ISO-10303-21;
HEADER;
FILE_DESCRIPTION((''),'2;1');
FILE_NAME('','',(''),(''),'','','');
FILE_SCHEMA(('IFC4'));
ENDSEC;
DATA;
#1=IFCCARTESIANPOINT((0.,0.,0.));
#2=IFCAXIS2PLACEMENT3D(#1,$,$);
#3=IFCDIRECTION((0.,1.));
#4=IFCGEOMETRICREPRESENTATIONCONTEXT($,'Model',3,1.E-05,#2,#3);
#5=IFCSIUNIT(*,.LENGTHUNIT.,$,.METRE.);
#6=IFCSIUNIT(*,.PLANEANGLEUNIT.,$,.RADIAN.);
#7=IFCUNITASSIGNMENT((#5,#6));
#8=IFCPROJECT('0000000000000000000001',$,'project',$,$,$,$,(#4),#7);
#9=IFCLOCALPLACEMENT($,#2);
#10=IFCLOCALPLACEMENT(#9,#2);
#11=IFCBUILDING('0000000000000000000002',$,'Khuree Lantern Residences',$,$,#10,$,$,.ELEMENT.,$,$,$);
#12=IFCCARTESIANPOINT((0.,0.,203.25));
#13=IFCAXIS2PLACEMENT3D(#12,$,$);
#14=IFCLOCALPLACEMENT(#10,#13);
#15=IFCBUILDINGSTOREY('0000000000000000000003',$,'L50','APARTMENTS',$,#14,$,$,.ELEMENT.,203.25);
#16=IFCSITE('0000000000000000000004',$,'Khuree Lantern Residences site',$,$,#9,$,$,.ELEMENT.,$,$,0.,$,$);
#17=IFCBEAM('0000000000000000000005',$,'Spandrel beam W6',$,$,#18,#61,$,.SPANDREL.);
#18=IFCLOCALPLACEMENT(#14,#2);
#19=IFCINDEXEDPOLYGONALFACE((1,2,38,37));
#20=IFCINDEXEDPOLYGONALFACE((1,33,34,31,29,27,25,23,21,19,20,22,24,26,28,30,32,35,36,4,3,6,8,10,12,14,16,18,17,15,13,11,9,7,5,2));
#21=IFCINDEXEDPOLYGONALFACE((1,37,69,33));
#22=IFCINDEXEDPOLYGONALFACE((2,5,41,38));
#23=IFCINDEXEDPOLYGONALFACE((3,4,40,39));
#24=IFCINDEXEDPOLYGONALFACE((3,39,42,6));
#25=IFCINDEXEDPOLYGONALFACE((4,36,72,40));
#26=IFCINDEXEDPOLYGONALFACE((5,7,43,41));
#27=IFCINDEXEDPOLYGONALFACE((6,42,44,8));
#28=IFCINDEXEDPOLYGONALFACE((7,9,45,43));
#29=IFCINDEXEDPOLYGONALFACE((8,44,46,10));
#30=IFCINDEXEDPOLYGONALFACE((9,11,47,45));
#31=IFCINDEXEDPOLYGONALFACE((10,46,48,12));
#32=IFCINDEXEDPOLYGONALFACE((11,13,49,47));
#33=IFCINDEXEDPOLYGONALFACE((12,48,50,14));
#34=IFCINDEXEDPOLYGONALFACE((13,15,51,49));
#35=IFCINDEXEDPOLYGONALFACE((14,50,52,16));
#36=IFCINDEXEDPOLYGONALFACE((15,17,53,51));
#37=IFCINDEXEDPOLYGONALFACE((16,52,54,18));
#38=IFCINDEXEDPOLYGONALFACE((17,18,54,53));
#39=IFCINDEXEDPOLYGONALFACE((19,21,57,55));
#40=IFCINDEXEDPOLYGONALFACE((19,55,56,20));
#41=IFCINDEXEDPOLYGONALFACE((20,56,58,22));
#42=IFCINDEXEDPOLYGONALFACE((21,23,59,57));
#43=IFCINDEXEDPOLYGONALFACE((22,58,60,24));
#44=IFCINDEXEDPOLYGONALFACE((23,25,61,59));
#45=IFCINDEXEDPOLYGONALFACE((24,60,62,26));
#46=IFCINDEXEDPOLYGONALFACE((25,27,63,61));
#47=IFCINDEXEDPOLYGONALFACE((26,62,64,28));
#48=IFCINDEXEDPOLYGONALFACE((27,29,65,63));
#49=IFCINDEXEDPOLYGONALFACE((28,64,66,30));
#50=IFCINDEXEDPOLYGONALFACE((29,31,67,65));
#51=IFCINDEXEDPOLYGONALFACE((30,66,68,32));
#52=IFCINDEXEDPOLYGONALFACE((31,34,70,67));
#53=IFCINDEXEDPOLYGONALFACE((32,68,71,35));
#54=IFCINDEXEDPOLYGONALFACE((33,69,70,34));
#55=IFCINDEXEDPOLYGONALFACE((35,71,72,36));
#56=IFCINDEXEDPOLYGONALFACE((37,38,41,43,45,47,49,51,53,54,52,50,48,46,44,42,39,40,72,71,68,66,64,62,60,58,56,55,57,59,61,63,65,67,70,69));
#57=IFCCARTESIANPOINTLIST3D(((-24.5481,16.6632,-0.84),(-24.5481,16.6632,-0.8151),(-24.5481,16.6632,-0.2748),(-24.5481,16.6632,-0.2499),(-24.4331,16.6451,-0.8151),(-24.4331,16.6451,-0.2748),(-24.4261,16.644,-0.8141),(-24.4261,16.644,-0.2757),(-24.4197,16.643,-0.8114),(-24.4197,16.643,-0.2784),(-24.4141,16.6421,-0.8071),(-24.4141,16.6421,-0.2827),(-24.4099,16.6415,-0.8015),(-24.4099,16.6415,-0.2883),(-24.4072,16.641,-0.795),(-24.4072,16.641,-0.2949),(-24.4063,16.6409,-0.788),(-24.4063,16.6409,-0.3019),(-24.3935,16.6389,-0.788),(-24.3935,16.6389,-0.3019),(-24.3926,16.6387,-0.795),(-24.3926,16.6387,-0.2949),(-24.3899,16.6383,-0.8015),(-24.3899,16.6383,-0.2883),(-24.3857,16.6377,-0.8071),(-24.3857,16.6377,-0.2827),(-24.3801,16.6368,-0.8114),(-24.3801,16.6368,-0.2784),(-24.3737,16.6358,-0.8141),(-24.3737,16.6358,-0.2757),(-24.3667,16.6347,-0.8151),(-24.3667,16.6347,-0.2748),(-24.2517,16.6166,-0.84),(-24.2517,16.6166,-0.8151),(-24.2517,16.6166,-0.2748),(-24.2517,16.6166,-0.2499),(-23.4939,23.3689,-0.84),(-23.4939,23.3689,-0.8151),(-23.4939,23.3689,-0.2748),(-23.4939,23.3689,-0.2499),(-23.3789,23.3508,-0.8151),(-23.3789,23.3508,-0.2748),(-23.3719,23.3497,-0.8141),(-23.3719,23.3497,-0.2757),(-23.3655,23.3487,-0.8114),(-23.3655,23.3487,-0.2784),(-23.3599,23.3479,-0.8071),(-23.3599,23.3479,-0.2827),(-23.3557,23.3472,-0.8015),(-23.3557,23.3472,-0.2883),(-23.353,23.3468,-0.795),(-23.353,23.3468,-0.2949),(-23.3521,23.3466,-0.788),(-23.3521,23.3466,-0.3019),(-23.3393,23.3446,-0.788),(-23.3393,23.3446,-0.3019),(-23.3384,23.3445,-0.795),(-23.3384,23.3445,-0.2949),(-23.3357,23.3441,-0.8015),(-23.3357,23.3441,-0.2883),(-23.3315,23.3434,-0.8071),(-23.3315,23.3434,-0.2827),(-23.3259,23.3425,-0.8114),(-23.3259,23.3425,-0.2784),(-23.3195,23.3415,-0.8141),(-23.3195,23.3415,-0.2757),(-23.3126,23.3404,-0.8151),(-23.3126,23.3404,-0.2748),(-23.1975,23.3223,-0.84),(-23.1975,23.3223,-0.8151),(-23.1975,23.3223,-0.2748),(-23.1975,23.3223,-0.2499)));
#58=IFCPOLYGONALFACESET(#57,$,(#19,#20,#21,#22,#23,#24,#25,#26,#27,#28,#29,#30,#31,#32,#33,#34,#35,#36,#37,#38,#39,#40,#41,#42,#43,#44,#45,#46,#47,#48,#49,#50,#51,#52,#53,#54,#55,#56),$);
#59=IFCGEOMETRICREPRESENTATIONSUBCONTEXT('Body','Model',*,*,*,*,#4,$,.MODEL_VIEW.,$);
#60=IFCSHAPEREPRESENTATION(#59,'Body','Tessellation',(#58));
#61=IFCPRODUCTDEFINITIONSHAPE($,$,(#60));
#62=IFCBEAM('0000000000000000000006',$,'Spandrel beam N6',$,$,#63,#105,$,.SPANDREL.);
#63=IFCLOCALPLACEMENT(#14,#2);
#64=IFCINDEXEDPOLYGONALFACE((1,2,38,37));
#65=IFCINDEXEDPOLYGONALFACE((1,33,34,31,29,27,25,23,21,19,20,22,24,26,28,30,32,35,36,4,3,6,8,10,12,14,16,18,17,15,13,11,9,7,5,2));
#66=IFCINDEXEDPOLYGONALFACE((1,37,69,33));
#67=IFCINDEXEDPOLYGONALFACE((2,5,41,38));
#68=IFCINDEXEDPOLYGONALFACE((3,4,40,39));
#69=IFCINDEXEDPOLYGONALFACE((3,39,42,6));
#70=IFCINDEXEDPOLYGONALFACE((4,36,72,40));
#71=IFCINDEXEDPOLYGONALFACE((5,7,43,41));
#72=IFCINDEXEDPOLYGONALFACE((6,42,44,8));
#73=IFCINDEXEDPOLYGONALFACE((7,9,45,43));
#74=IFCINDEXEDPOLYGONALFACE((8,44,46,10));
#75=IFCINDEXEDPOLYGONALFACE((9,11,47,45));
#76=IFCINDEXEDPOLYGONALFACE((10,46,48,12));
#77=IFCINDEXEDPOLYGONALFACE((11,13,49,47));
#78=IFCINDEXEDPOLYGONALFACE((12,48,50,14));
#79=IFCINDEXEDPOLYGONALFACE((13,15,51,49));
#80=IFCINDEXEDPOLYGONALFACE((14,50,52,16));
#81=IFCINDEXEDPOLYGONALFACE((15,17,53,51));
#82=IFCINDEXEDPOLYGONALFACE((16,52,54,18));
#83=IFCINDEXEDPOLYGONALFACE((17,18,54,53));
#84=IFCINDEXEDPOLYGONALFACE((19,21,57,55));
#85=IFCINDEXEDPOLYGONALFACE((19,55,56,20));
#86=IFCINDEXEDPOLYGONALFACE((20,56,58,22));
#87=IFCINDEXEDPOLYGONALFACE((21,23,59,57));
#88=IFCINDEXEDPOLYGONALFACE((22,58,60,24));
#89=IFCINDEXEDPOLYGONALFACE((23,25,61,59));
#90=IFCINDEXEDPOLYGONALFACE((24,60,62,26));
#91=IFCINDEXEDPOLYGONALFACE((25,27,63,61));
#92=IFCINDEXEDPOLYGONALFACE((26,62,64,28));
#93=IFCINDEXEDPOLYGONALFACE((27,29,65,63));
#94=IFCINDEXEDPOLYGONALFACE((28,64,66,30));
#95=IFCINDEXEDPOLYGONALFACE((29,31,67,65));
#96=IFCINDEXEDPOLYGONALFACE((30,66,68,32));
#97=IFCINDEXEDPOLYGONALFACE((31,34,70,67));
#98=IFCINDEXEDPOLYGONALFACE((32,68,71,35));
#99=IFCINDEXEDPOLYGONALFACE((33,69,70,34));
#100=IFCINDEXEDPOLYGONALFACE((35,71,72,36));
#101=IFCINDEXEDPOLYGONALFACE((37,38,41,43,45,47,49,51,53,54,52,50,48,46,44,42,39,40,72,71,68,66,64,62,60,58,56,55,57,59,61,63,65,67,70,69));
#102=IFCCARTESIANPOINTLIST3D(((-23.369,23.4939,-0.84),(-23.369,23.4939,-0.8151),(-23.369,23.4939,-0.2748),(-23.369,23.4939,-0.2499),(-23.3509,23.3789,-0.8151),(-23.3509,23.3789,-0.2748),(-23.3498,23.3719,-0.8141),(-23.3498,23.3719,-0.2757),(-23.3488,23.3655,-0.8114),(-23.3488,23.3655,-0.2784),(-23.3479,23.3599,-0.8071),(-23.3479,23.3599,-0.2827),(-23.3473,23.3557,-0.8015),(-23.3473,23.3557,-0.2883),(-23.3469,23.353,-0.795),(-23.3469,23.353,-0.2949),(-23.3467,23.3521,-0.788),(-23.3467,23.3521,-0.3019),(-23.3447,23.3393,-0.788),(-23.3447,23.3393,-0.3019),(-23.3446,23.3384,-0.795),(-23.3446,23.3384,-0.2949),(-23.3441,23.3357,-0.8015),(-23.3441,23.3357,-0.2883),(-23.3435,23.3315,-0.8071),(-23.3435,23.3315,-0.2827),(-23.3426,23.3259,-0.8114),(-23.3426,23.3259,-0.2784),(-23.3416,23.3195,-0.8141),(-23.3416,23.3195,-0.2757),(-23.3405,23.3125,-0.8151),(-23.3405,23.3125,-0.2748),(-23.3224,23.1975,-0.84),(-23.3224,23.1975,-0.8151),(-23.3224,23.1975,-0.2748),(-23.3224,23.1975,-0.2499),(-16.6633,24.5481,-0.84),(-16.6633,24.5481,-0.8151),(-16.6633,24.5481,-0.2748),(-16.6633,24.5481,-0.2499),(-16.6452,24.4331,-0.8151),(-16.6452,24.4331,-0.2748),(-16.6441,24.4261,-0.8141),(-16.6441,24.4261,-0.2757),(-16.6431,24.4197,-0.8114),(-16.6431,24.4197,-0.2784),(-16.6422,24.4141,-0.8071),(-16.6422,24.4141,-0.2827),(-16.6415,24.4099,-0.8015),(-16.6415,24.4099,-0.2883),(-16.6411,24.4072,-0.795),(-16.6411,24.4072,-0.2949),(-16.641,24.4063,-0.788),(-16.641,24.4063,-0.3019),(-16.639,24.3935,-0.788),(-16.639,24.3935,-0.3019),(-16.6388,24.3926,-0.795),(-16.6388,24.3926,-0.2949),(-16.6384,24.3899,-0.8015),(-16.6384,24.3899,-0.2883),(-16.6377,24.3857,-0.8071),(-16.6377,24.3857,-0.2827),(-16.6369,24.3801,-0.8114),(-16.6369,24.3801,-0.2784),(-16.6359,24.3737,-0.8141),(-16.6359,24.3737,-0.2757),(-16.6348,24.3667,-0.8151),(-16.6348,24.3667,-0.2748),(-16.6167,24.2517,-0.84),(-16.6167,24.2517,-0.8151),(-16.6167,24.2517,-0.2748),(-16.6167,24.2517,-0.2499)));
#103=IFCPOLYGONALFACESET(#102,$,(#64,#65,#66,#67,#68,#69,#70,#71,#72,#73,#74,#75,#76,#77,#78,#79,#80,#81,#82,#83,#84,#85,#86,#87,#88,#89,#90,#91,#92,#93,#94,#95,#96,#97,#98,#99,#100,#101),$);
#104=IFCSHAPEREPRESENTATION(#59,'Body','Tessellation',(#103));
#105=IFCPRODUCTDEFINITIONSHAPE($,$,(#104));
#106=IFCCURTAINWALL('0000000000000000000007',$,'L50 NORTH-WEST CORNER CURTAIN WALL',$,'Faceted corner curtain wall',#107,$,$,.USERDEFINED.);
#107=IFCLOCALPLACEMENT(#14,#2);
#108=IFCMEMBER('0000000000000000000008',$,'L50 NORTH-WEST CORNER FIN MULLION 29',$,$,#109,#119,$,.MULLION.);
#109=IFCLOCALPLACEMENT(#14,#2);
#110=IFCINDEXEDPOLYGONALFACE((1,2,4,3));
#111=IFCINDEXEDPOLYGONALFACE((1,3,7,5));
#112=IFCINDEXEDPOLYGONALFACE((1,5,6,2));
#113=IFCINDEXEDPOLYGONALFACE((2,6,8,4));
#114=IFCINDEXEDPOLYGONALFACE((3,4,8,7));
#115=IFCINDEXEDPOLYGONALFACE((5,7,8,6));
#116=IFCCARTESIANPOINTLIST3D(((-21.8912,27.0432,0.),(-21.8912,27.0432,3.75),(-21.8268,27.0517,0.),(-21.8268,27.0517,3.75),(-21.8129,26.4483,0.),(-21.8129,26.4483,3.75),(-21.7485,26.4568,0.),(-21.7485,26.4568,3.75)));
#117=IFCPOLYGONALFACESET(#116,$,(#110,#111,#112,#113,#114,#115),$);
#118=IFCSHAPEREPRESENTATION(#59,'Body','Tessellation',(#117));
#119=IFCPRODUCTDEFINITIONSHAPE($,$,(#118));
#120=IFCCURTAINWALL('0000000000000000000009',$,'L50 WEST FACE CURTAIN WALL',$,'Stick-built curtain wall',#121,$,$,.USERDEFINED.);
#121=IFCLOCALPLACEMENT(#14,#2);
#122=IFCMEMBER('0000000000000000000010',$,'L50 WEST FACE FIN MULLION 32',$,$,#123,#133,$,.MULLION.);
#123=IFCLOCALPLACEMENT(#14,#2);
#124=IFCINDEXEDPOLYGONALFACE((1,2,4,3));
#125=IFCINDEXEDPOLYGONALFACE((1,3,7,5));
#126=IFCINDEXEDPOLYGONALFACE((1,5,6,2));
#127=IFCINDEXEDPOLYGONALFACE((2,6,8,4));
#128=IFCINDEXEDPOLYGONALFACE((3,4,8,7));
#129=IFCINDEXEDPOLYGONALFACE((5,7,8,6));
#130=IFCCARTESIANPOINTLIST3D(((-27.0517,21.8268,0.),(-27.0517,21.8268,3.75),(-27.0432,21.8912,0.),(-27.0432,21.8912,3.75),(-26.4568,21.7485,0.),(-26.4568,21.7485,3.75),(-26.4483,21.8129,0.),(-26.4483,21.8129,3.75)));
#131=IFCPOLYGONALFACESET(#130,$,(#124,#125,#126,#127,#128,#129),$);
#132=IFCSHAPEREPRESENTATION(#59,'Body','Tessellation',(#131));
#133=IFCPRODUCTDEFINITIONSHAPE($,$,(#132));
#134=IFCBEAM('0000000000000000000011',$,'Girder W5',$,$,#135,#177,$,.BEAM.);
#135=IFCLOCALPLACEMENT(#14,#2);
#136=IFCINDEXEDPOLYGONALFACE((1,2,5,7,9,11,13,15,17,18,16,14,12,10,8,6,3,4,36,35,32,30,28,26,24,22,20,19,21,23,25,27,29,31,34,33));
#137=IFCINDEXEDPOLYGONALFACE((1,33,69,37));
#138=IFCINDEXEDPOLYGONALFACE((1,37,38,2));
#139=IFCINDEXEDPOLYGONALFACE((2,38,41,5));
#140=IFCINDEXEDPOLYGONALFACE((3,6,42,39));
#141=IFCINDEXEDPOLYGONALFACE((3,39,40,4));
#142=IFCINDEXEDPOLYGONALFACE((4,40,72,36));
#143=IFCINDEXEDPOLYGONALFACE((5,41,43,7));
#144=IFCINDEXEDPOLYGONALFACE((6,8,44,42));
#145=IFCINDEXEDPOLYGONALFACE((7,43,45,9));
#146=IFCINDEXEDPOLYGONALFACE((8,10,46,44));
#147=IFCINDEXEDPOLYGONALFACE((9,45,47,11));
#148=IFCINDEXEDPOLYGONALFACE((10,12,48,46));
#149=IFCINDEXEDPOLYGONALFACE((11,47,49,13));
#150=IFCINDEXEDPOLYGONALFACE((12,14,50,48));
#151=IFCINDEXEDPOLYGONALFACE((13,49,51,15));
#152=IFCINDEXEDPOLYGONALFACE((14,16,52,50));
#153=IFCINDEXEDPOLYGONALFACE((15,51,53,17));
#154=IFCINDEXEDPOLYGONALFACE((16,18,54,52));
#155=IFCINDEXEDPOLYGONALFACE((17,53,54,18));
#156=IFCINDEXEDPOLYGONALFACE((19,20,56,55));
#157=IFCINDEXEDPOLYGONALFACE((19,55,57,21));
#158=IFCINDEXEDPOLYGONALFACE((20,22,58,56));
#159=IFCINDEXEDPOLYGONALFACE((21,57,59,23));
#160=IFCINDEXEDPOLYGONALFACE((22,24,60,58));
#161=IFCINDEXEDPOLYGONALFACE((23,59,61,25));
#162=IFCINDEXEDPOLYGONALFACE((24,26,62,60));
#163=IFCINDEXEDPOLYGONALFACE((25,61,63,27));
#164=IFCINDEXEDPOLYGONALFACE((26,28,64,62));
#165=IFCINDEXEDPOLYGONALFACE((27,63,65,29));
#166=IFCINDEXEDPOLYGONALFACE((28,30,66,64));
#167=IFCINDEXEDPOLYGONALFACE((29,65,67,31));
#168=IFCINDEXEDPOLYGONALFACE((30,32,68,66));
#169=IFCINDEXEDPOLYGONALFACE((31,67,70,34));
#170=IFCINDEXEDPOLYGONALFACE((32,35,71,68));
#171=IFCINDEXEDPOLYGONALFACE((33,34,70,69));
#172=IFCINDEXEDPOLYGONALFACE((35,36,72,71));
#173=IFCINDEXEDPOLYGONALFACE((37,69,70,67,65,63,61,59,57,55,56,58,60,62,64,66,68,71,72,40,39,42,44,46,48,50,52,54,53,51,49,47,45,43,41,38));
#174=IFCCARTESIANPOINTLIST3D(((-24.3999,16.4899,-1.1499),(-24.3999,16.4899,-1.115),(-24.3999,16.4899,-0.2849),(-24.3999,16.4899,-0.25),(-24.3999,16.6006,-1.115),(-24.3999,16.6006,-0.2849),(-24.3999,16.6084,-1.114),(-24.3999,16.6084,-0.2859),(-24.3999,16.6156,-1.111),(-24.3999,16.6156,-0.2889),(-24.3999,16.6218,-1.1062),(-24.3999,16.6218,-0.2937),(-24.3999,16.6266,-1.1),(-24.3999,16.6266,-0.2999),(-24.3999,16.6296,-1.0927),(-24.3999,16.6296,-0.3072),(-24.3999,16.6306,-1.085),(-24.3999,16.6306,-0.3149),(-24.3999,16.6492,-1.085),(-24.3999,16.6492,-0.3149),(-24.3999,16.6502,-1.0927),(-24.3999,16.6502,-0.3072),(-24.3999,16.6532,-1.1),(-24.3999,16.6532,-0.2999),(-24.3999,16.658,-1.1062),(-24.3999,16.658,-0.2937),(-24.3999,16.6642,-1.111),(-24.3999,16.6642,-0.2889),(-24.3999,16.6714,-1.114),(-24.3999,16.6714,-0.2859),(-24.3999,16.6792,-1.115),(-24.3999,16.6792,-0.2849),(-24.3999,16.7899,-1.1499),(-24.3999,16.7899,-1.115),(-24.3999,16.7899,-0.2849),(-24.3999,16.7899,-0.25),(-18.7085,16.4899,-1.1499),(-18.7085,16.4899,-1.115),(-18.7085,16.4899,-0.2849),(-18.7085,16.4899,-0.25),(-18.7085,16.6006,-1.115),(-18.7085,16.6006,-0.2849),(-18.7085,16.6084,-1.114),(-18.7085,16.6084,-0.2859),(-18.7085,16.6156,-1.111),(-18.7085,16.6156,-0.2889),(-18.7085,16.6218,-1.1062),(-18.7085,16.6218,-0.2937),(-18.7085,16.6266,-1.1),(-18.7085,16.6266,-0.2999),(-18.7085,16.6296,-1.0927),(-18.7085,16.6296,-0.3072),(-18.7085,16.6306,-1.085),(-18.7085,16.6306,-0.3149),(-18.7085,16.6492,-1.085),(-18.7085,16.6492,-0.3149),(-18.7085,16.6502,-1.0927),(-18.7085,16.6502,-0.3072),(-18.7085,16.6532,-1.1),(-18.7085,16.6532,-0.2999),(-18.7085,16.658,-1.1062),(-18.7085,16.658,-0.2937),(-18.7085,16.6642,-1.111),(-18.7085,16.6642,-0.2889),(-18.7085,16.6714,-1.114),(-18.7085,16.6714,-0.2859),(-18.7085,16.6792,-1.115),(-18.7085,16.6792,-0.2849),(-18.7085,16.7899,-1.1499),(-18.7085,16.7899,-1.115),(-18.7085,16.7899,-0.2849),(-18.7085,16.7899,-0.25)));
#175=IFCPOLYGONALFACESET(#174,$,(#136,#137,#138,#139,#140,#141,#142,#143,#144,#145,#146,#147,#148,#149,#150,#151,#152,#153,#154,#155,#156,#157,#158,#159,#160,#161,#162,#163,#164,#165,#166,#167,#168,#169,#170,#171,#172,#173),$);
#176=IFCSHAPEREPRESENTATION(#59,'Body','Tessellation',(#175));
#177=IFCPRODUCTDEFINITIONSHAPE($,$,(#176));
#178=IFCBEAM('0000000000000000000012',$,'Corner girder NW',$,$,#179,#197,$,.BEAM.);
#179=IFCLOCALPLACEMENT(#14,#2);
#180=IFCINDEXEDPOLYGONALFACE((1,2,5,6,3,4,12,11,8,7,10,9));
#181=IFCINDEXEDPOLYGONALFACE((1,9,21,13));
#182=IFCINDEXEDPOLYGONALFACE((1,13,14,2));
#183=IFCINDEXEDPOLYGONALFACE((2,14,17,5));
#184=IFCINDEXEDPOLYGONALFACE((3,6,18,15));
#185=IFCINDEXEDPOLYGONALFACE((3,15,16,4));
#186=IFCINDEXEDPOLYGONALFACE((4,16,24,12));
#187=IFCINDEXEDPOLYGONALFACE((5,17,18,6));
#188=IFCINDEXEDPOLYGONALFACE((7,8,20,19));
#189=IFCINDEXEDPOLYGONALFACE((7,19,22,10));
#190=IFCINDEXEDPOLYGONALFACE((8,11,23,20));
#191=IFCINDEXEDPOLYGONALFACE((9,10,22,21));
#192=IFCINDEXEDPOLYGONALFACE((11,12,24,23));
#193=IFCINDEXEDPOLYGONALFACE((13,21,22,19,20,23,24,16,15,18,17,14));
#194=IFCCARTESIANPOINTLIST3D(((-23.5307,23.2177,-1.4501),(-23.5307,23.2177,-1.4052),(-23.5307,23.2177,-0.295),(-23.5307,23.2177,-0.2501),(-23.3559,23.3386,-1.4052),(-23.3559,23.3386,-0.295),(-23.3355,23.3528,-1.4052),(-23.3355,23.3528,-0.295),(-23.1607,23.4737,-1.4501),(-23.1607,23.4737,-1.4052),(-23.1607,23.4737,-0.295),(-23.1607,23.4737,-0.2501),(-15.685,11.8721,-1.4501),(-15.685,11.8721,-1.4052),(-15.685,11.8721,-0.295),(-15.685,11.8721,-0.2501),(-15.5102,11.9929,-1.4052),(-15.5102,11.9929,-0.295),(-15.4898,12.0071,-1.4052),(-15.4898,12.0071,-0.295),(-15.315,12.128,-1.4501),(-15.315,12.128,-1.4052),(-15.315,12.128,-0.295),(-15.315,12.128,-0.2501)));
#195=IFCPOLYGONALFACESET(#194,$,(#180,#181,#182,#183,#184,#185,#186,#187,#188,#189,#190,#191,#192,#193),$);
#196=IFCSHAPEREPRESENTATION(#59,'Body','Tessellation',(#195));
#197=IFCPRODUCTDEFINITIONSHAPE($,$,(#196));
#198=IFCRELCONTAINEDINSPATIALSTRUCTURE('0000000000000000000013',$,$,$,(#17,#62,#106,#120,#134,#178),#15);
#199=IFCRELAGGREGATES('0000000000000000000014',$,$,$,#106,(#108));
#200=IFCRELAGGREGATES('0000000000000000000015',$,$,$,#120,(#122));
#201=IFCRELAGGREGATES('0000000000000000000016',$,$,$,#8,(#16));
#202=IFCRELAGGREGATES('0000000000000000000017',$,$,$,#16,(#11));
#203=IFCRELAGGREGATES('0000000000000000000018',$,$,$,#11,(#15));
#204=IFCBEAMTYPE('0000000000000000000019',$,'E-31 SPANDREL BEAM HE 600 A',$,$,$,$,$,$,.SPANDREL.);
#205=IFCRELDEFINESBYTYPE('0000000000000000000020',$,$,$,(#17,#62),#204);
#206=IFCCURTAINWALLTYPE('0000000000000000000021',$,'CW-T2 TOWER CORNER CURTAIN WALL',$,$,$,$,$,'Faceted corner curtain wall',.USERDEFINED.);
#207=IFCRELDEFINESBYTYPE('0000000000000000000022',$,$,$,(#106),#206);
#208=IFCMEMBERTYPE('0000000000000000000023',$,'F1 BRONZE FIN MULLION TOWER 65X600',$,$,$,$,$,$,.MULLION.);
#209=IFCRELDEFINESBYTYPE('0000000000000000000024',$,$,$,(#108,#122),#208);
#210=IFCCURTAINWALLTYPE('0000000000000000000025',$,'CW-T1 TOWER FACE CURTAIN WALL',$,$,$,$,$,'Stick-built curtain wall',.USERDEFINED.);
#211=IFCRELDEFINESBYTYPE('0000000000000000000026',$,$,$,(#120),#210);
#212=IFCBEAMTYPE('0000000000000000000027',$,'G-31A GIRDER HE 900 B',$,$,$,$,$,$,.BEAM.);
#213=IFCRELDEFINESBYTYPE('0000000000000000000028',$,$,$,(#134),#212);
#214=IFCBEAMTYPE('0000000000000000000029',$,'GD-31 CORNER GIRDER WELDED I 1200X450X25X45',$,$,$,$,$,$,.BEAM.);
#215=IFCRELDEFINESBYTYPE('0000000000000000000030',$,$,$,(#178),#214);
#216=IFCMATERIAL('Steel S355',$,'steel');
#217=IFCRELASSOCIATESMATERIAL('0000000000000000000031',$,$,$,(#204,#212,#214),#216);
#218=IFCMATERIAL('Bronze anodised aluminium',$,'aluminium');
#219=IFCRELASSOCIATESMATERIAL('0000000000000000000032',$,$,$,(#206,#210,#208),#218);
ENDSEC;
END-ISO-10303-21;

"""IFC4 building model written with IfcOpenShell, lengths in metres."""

from ifc_helpers import new_model, si_unit, direction, frame, origin, origin_2d, place, context, subcontext, project, spatial, rectangle, i_section, extrude, material, material_profile, profile_set, type_object, element, aggregate, save


model = new_model("IFC4")

# Units and contexts
model_context = context("Model", 3, precision=1e-05, world=origin(), true_north=direction((0.0, 1.0)))
body_context = subcontext(model_context, "Body", "Model", "MODEL_VIEW")
ifc_project = project(units=[si_unit("LENGTHUNIT", "METRE"), si_unit("PLANEANGLEUNIT", "RADIAN")], contexts=[model_context])

# Site, building, storey
site_placement = place(None, origin())
site = spatial("IfcSite", under=ifc_project, at=site_placement, Name="Khuree Lantern Residences site", CompositionType="ELEMENT", RefElevation=0.0)
building_placement = place(site_placement, origin())
building = spatial("IfcBuilding", under=site, at=building_placement, Name="Khuree Lantern Residences", CompositionType="ELEMENT")
storey_placement = place(building_placement, frame((0.0, 0.0, 203.25)))
storey = spatial("IfcBuildingStorey", under=building, at=storey_placement, Name="L50", Description="APARTMENTS", CompositionType="ELEMENT", Elevation=203.25)

# Beams
ifc_material_1 = material(Name="Steel S355", Category="steel")
ifc_material_profile_1 = material_profile(ifc_material_1, i_section(OverallWidth=0.3, OverallDepth=0.5901, WebThickness=0.0129, FlangeThickness=0.0249, FilletRadius=0.0271, at=origin_2d()), Name="HE 600 A")
ifc_profile_set_1 = profile_set([ifc_material_profile_1], Name="Steel S355")
beam_type_1 = type_object("IfcBeamType", Name="E-31 SPANDREL BEAM HE 600 A", PredefinedType="SPANDREL", material=ifc_profile_set_1)
for number, where, z_axis, x_axis, name in (
    (1, (-24.3999, 16.6399, -0.5449), (0.1553, 0.987867, 0.0), (-0.987867, 0.1553, 0.0), "Spandrel beam W6"),
    (2, (-23.3457, 23.3457, -0.5449), (0.987867, 0.1553, 0.0), (-0.1553, 0.987867, 0.0), "Spandrel beam N6"),
):
    element("IfcBeam", number, at=place(storey_placement, frame(where, z_axis=z_axis, x_axis=x_axis)), inside=storey, type_object=beam_type_1, Name=name, PredefinedType="SPANDREL", context=body_context, shape_type="SweptSolid", body=[
        extrude(i_section(OverallWidth=0.3, OverallDepth=0.5901, WebThickness=0.0129, FlangeThickness=0.0249, FilletRadius=0.0271, at=origin_2d()), origin(), (0.0, 0.0, 1.0), 6.7881),
    ])

# Curtain walls, members
ifc_material_2 = material(Name="Bronze anodised aluminium", Category="aluminium")
curtain_wall_type_1 = type_object("IfcCurtainWallType", Name="CW-T2 TOWER CORNER CURTAIN WALL", ElementType="Faceted corner curtain wall", PredefinedType="USERDEFINED", material=ifc_material_2)
curtain_wall_1_placement = place(storey_placement, origin())
curtain_wall_1 = element("IfcCurtainWall", 3, at=curtain_wall_1_placement, inside=storey, type_object=curtain_wall_type_1, Name="L50 NORTH-WEST CORNER CURTAIN WALL", ObjectType="Faceted corner curtain wall", PredefinedType="USERDEFINED")
ifc_material_profile_2 = material_profile(ifc_material_2, rectangle(XDim=0.0649, YDim=0.6001, at=origin_2d()), Name="F1 65X600")
ifc_profile_set_2 = profile_set([ifc_material_profile_2], Name="Bronze anodised aluminium")
member_type_1 = type_object("IfcMemberType", Name="F1 BRONZE FIN MULLION TOWER 65X600", PredefinedType="MULLION", material=ifc_profile_set_2)
member_1_placement = place(storey_placement, frame((-21.8198, 26.75, 0.0), z_axis=(0.0, 0.0, 1.0), x_axis=(-0.991445, -0.130526, 0.0)))
member_1 = element("IfcMember", 4, at=member_1_placement, type_object=member_type_1, Name="L50 NORTH-WEST CORNER FIN MULLION 29", PredefinedType="MULLION", context=body_context, shape_type="SweptSolid", body=[
    extrude(rectangle(XDim=0.0649, YDim=0.6001, at=origin_2d()), origin(), (0.0, 0.0, 1.0), 3.75),
])
curtain_wall_type_2 = type_object("IfcCurtainWallType", Name="CW-T1 TOWER FACE CURTAIN WALL", ElementType="Stick-built curtain wall", PredefinedType="USERDEFINED", material=ifc_material_2)
curtain_wall_2_placement = place(storey_placement, origin())
curtain_wall_2 = element("IfcCurtainWall", 5, at=curtain_wall_2_placement, inside=storey, type_object=curtain_wall_type_2, Name="L50 WEST FACE CURTAIN WALL", ObjectType="Stick-built curtain wall", PredefinedType="USERDEFINED")
member_2_placement = place(storey_placement, frame((-26.75, 21.8198, 0.0), z_axis=(0.0, 0.0, 1.0), x_axis=(-0.130526, -0.991445, 0.0)))
member_2 = element("IfcMember", 6, at=member_2_placement, type_object=member_type_1, Name="L50 WEST FACE FIN MULLION 32", PredefinedType="MULLION", context=body_context, shape_type="SweptSolid", body=[
    extrude(rectangle(XDim=0.0649, YDim=0.6001, at=origin_2d()), origin(), (0.0, 0.0, 1.0), 3.75),
])

# Beams
ifc_material_profile_3 = material_profile(ifc_material_1, i_section(OverallWidth=0.3, OverallDepth=0.8999, WebThickness=0.0186, FlangeThickness=0.0349, FilletRadius=0.03, at=origin_2d()), Name="HE 900 B")
ifc_profile_set_3 = profile_set([ifc_material_profile_3], Name="Steel S355")
beam_type_2 = type_object("IfcBeamType", Name="G-31A GIRDER HE 900 B", PredefinedType="BEAM", material=ifc_profile_set_3)
beam_1_placement = place(storey_placement, frame((-24.3999, 16.6399, -0.7), z_axis=(1.0, 0.0, 0.0), x_axis=(0.0, 1.0, 0.0)))
element("IfcBeam", 7, at=beam_1_placement, inside=storey, type_object=beam_type_2, Name="Girder W5", PredefinedType="BEAM", context=body_context, shape_type="SweptSolid", body=[
    extrude(i_section(OverallWidth=0.3, OverallDepth=0.8999, WebThickness=0.0186, FlangeThickness=0.0349, FilletRadius=0.03, at=origin_2d()), origin(), (0.0, 0.0, 1.0), 5.6914),
])
ifc_material_profile_4 = material_profile(ifc_material_1, i_section(OverallWidth=0.45, OverallDepth=1.2, WebThickness=0.0249, FlangeThickness=0.0449, at=origin_2d()), Name="WELDED I 1200X450X25X45")
ifc_profile_set_4 = profile_set([ifc_material_profile_4], Name="Steel S355")
beam_type_3 = type_object("IfcBeamType", Name="GD-31 CORNER GIRDER WELDED I 1200X450X25X45", PredefinedType="BEAM", material=ifc_profile_set_4)
beam_2_placement = place(storey_placement, frame((-23.3457, 23.3457, -0.8501), z_axis=(0.568768, -0.822498, 0.0), x_axis=(0.822498, 0.568768, 0.0)))
element("IfcBeam", 8, at=beam_2_placement, inside=storey, type_object=beam_type_3, Name="Corner girder NW", PredefinedType="BEAM", context=body_context, shape_type="SweptSolid", body=[
    extrude(i_section(OverallWidth=0.45, OverallDepth=1.2, WebThickness=0.0249, FlangeThickness=0.0449, at=origin_2d()), origin(), (0.0, 0.0, 1.0), 13.7942),
])

aggregate(curtain_wall_1, [member_1])
aggregate(curtain_wall_2, [member_2])

save(model, "model.ifc")
